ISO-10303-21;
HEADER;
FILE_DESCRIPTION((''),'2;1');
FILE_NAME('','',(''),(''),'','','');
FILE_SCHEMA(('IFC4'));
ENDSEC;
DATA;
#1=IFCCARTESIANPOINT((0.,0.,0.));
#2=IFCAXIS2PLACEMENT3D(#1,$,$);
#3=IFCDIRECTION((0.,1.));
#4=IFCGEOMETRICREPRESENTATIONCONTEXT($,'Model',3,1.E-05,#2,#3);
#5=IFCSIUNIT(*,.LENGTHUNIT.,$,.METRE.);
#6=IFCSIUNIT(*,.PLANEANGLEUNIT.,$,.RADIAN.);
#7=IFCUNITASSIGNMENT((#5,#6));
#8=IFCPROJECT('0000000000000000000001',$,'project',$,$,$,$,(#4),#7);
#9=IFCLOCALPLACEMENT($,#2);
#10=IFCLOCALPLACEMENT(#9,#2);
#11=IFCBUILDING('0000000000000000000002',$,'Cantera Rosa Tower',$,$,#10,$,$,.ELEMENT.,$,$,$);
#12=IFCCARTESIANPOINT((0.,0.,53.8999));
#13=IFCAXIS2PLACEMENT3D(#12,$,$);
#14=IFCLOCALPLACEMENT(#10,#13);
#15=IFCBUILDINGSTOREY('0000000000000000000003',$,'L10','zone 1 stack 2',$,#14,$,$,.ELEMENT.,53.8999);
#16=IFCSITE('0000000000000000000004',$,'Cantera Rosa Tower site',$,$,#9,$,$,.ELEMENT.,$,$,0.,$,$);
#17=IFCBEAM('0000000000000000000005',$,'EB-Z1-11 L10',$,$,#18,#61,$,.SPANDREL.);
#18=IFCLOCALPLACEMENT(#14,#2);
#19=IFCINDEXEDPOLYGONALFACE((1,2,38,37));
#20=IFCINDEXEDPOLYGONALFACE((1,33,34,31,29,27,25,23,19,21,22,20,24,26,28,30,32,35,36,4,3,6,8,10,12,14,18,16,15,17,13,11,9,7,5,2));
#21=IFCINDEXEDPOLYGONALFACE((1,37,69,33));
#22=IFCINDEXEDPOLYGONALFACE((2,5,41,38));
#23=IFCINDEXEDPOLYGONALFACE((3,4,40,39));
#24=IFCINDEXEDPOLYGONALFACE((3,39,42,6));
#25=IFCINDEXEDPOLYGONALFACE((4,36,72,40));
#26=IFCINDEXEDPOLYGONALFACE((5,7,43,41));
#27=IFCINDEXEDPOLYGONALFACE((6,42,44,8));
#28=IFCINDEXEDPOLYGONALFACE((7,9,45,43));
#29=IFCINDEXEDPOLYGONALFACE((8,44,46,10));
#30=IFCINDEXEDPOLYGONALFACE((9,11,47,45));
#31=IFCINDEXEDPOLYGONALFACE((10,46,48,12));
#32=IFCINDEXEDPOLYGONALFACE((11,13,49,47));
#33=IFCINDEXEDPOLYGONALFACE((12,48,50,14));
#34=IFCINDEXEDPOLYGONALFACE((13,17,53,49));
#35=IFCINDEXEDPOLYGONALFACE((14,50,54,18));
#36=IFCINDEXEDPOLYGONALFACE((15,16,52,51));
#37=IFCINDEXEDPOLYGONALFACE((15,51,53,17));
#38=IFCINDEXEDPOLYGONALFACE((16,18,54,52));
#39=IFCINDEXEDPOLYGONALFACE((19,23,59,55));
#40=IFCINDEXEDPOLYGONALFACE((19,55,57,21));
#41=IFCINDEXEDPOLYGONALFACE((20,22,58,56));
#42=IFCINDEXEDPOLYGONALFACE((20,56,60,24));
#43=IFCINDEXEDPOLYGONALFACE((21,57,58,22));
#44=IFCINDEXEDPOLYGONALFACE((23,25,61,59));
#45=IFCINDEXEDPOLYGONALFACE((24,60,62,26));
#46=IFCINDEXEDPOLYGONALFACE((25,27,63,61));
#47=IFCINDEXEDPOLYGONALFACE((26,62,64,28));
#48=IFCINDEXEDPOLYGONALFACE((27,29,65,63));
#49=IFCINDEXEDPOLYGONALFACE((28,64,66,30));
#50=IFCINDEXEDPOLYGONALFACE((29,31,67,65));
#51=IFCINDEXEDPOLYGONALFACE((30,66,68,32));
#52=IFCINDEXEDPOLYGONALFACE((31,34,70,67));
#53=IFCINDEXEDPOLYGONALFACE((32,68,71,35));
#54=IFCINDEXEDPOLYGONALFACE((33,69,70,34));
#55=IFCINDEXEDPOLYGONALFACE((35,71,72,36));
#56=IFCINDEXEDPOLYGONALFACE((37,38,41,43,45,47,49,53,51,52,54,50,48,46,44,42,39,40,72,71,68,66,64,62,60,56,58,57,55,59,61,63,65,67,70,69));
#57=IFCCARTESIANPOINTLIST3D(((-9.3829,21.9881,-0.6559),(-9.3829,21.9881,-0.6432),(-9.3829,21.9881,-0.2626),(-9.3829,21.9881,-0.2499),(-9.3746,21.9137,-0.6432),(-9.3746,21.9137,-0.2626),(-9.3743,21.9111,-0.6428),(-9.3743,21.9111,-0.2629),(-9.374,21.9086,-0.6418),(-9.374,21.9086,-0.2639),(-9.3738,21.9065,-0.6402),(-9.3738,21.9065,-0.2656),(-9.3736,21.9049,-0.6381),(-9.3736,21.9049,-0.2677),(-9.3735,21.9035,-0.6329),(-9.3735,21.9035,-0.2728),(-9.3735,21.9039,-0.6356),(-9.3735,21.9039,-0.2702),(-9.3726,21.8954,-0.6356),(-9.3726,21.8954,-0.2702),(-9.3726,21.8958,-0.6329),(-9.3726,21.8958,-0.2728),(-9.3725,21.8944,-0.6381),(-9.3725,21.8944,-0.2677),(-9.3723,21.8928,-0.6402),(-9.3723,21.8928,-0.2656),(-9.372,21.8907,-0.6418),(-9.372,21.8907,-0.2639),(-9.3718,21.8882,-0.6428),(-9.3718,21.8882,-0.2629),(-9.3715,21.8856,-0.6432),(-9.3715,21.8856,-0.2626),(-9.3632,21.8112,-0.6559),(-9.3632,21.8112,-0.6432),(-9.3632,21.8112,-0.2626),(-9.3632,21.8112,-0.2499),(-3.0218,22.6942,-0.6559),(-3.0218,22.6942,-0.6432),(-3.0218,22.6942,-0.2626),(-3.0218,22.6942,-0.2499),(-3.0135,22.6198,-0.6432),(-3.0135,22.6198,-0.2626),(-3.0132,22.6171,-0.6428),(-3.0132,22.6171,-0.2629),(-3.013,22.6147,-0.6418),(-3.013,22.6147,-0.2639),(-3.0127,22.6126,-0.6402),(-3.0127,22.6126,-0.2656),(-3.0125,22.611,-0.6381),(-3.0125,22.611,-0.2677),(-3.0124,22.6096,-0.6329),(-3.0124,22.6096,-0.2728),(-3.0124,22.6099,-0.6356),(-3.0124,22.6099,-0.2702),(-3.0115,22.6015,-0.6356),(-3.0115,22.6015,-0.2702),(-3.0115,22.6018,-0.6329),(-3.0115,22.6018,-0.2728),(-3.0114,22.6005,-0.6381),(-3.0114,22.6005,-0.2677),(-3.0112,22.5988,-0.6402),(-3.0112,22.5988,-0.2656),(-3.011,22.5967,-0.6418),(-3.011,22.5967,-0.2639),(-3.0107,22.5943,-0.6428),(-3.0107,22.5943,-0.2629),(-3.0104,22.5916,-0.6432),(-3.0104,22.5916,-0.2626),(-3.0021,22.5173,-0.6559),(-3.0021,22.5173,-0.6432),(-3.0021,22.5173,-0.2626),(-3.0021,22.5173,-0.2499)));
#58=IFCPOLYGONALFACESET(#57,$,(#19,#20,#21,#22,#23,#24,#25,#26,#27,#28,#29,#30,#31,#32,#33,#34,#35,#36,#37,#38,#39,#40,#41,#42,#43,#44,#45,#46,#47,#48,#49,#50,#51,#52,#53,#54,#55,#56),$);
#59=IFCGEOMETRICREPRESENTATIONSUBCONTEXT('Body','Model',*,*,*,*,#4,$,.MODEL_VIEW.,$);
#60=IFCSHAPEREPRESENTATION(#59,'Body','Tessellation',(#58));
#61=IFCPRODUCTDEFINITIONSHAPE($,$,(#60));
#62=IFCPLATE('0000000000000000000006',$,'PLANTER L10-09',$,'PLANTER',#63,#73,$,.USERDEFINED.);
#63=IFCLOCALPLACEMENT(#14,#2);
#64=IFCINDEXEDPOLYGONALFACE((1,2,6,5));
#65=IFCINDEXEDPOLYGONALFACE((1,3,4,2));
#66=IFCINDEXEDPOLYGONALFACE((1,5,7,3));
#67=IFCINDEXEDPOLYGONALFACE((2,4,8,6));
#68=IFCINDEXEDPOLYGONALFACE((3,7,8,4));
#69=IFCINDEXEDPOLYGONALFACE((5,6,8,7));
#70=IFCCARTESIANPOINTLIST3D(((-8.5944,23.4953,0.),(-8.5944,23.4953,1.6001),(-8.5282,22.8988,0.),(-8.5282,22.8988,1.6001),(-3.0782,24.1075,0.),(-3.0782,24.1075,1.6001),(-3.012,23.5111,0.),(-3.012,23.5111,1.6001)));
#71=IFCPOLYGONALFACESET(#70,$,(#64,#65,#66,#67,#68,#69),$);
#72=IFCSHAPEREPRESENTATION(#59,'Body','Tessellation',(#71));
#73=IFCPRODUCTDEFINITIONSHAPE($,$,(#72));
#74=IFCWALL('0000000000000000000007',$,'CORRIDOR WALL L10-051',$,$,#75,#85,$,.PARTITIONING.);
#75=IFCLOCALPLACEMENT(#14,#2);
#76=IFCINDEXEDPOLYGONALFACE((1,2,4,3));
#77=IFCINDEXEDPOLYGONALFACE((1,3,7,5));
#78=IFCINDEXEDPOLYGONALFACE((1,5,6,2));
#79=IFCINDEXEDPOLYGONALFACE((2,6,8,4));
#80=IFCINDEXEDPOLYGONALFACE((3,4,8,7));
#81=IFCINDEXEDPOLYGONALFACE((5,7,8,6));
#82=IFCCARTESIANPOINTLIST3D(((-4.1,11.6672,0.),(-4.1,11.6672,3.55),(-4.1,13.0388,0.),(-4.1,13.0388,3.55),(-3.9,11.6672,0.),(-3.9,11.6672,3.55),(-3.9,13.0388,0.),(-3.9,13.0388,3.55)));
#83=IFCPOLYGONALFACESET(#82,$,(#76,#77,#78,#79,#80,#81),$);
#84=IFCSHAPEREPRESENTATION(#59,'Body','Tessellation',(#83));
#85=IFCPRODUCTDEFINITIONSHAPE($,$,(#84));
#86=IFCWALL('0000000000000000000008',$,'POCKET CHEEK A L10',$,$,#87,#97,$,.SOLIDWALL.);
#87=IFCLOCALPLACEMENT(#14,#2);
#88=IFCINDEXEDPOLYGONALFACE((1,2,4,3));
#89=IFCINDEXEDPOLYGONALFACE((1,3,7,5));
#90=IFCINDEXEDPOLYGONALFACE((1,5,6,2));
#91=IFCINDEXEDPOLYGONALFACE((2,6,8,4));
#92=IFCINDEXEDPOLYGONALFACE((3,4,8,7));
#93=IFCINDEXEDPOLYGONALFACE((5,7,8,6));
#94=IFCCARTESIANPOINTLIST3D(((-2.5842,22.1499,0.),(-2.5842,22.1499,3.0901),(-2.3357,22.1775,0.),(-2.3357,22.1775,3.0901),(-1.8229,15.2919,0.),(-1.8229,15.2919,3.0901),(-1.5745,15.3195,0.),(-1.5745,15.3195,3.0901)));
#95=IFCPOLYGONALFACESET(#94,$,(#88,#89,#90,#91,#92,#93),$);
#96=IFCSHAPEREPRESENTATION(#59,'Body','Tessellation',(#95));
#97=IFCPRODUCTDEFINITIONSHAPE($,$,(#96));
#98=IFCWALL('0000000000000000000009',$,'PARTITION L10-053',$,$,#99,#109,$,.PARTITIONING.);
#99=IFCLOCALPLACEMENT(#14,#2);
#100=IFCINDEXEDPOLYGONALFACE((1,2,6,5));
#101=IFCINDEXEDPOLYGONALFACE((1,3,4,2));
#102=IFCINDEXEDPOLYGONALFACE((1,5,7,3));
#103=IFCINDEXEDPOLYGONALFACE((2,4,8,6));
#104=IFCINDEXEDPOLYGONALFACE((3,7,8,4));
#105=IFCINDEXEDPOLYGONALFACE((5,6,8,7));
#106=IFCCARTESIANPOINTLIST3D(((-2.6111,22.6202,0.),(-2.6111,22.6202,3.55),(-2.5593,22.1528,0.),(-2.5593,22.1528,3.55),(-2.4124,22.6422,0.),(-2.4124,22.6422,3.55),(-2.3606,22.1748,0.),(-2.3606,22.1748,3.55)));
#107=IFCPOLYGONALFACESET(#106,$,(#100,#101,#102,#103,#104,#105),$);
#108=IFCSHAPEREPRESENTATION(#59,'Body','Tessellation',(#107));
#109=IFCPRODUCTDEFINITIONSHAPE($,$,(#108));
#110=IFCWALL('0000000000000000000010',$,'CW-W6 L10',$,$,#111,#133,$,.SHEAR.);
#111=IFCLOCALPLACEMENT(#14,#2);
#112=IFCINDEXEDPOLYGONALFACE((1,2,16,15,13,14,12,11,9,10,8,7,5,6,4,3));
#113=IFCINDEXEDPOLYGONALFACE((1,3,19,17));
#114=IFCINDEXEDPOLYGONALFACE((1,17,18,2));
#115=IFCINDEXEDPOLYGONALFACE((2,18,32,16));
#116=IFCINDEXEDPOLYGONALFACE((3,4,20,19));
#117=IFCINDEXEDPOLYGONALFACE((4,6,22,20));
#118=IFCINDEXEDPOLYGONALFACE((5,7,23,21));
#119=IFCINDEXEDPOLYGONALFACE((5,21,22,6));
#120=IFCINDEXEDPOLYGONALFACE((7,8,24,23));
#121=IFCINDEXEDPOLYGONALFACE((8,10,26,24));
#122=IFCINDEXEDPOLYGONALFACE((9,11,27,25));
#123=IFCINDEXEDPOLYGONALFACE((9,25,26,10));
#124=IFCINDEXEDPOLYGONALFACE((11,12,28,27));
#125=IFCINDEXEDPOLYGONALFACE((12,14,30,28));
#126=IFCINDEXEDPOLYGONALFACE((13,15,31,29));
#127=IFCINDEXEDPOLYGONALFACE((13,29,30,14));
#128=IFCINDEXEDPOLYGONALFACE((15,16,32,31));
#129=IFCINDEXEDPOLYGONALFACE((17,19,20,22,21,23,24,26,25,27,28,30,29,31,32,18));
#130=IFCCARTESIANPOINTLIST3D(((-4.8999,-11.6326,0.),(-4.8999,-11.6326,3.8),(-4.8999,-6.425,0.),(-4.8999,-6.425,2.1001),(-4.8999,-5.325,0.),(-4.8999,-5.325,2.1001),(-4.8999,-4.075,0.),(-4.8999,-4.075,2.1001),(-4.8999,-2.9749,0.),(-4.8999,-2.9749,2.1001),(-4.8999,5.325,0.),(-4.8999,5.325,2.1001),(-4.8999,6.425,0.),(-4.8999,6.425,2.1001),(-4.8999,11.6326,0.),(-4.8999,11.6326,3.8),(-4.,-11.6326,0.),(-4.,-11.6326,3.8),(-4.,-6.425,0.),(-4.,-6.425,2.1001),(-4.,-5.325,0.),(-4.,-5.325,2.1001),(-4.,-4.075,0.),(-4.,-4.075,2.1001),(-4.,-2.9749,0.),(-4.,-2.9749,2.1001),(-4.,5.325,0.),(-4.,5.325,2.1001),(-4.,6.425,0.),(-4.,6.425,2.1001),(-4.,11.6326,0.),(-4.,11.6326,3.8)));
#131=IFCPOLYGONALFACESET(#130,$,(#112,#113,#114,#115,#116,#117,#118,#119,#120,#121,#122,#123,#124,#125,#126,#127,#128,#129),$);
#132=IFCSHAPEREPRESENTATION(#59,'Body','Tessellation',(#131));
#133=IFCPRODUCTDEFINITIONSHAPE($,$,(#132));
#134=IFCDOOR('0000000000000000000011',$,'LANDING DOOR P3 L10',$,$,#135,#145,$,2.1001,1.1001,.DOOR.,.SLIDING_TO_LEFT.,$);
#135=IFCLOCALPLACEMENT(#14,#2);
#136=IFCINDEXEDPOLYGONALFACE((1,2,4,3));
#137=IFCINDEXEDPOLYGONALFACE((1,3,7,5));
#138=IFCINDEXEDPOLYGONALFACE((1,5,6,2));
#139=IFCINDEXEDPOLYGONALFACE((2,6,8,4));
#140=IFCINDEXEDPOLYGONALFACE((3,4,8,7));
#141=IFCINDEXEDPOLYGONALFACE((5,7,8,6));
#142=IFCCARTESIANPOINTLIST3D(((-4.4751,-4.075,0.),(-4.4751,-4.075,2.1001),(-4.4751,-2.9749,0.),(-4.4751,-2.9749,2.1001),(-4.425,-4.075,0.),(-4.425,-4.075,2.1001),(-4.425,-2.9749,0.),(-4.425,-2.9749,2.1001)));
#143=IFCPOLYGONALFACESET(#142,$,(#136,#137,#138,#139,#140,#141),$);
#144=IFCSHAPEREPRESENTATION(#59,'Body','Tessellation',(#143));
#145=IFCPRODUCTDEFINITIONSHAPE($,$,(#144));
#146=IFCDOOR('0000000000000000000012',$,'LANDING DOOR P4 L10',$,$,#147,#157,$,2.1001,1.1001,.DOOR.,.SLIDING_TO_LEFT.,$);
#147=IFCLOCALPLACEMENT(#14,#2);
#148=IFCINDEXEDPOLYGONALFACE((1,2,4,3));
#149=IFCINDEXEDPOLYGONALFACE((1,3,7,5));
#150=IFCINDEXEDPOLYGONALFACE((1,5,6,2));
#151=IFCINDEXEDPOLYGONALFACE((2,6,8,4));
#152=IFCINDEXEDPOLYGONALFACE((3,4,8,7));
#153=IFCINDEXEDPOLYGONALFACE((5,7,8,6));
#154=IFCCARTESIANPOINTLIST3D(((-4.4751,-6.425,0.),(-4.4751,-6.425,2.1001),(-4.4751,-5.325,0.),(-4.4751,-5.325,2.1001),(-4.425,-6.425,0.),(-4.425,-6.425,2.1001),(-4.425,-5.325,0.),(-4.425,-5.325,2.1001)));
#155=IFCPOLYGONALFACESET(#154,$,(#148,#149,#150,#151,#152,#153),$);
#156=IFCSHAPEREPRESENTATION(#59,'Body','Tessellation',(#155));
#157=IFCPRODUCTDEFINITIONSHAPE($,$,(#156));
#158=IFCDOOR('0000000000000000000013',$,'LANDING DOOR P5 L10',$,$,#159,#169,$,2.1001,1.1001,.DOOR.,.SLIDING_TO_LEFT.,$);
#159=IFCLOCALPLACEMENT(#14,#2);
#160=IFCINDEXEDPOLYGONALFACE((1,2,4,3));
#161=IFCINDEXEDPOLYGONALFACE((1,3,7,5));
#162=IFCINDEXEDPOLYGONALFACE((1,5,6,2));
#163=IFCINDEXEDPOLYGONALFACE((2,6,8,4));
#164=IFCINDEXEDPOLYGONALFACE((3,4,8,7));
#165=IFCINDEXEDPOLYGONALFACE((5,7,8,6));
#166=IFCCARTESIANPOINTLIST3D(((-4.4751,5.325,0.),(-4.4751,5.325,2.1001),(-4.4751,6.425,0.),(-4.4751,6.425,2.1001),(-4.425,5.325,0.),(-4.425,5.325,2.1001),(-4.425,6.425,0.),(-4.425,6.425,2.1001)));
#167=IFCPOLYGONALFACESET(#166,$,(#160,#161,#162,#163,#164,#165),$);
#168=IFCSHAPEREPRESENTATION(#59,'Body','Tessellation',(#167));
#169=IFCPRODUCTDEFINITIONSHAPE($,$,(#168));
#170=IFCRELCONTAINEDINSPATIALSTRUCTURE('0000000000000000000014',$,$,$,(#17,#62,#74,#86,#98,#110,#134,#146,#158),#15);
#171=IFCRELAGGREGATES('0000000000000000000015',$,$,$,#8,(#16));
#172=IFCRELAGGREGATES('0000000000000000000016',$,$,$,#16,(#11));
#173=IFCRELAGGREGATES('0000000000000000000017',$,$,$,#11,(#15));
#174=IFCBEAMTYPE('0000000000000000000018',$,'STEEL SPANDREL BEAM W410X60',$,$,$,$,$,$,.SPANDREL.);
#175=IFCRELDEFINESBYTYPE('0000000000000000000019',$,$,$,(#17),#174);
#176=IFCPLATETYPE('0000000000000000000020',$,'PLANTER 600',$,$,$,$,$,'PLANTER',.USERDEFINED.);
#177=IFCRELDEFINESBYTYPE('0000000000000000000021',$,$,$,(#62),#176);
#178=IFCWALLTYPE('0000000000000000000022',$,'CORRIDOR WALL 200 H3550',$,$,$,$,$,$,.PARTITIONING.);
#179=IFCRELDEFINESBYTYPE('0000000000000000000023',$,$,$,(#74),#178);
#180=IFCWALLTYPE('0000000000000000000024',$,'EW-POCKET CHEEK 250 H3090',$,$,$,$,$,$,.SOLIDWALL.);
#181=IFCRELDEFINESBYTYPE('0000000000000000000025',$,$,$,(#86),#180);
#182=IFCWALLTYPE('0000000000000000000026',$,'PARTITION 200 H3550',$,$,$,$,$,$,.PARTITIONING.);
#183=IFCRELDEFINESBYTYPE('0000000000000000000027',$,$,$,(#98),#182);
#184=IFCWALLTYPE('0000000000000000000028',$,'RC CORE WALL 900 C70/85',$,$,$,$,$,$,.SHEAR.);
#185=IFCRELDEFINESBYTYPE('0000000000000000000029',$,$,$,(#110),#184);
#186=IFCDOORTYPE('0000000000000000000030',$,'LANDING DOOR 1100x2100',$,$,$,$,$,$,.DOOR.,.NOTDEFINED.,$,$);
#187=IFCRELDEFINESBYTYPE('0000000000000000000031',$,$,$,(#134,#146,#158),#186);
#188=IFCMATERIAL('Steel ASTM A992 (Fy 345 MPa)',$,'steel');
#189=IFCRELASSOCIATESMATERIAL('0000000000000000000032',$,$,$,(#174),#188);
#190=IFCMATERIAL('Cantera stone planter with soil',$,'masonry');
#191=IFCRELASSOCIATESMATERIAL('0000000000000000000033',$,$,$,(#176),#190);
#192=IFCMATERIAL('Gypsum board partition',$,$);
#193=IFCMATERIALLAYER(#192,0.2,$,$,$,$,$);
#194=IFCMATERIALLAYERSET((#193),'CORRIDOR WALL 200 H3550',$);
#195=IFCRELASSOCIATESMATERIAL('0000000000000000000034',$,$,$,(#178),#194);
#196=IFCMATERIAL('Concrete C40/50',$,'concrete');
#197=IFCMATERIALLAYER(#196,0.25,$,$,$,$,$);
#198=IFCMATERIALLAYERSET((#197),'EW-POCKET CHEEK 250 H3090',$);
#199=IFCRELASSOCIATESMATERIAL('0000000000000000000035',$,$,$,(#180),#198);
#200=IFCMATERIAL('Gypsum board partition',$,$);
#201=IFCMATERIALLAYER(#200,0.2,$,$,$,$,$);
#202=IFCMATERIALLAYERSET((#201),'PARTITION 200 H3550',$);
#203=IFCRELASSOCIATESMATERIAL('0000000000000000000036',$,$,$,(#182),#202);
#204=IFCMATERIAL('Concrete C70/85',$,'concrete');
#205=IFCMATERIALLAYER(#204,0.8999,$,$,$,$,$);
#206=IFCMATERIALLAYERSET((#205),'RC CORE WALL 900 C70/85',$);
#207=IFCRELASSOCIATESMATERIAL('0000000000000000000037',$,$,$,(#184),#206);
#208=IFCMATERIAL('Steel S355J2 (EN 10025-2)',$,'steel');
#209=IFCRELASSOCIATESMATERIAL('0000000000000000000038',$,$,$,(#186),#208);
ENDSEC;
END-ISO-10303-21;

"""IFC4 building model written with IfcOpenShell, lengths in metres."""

from ifc_helpers import new_model, si_unit, direction, frame, frame_2d, origin, origin_2d, place, context, subcontext, project, spatial, rectangle, i_section, extrude, material, layer, layer_set, material_profile, profile_set, type_object, element, fill, save


model = new_model("IFC4")

# Units and contexts
model_context = context("Model", 3, precision=1e-05, world=origin(), true_north=direction((0.0, 1.0)))
body_context = subcontext(model_context, "Body", "Model", "MODEL_VIEW")
ifc_project = project(units=[si_unit("LENGTHUNIT", "METRE"), si_unit("PLANEANGLEUNIT", "RADIAN")], contexts=[model_context])

# Site, building, storey
site_placement = place(None, origin())
site = spatial("IfcSite", under=ifc_project, at=site_placement, Name="Cantera Rosa Tower site", CompositionType="ELEMENT", RefElevation=0.0)
building_placement = place(site_placement, origin())
building = spatial("IfcBuilding", under=site, at=building_placement, Name="Cantera Rosa Tower", CompositionType="ELEMENT")
storey_placement = place(building_placement, frame((0.0, 0.0, 53.8999)))
storey = spatial("IfcBuildingStorey", under=building, at=storey_placement, Name="L10", Description="zone 1 stack 2", CompositionType="ELEMENT", Elevation=53.8999)

# Beam
ifc_material_1 = material(Name="Steel ASTM A992 (Fy 345 MPa)", Category="steel")
ifc_material_profile_1 = material_profile(ifc_material_1, i_section(OverallWidth=0.178, OverallDepth=0.406, WebThickness=0.0078, FlangeThickness=0.0127, FilletRadius=0.0103, at=origin_2d()), Name="W410X60")
ifc_profile_set_1 = profile_set([ifc_material_profile_1], Name="Steel ASTM A992 (Fy 345 MPa)")
beam_type_1 = type_object("IfcBeamType", Name="STEEL SPANDREL BEAM W410X60", PredefinedType="SPANDREL", material=ifc_profile_set_1)
beam_1_placement = place(storey_placement, frame((-3.012, 22.6057, -0.4529), z_axis=(-0.993896, -0.110318, 0.0), x_axis=(0.110318, -0.993896, 0.0)))
element("IfcBeam", 1, at=beam_1_placement, inside=storey, type_object=beam_type_1, Name="EB-Z1-11 L10", PredefinedType="SPANDREL", context=body_context, shape_type="SweptSolid", body=[
    extrude(i_section(OverallWidth=0.178, OverallDepth=0.406, WebThickness=0.0078, FlangeThickness=0.0127, FilletRadius=0.0103, at=origin_2d()), origin(), (0.0, 0.0, 1.0), 6.4001),
])

# Plate
ifc_material_2 = material(Name="Cantera stone planter with soil", Category="masonry")
plate_type = type_object("IfcPlateType", Name="PLANTER 600", ElementType="PLANTER", PredefinedType="USERDEFINED", material=ifc_material_2)
plate_placement = place(storey_placement, frame((-5.8032, 23.5032, 0.0), z_axis=(0.0, 0.0, 1.0), x_axis=(-0.993897, -0.110313, 0.0)))
element("IfcPlate", 2, at=plate_placement, inside=storey, type_object=plate_type, Name="PLANTER L10-09", ObjectType="PLANTER", PredefinedType="USERDEFINED", context=body_context, shape_type="SweptSolid", body=[
    extrude(rectangle(XDim=5.55, YDim=0.6001, at=origin_2d()), origin(), (0.0, 0.0, 1.0), 1.6001),
])

# Walls
ifc_material_3 = material(Name="Gypsum board partition")
ifc_layer_1 = layer(ifc_material_3, 0.2)
ifc_layer_set_1 = layer_set([ifc_layer_1], Name="CORRIDOR WALL 200 H3550")
wall_type_1 = type_object("IfcWallType", Name="CORRIDOR WALL 200 H3550", PredefinedType="PARTITIONING", material=ifc_layer_set_1)
wall_1_placement = place(storey_placement, frame((-4.0, 13.0388, 0.0), z_axis=(0.0, 0.0, 1.0), x_axis=(0.0, -1.0, 0.0)))
element("IfcWall", 3, at=wall_1_placement, inside=storey, type_object=wall_type_1, Name="CORRIDOR WALL L10-051", PredefinedType="PARTITIONING", context=body_context, shape_type="SweptSolid", body=[
    extrude(rectangle(XDim=1.3716, YDim=0.2, at=frame_2d((0.6858, 0.0))), origin(), (0.0, 0.0, 1.0), 3.55),
])
ifc_material_4 = material(Name="Concrete C40/50", Category="concrete")
ifc_layer_2 = layer(ifc_material_4, 0.25)
ifc_layer_set_2 = layer_set([ifc_layer_2], Name="EW-POCKET CHEEK 250 H3090")
wall_type_2 = type_object("IfcWallType", Name="EW-POCKET CHEEK 250 H3090", PredefinedType="SOLIDWALL", material=ifc_layer_set_2)
wall_2_placement = place(storey_placement, frame((-2.46, 22.1638, 0.0), z_axis=(0.0, 0.0, 1.0), x_axis=(0.110323, -0.993896, 0.0)))
element("IfcWall", 4, at=wall_2_placement, inside=storey, type_object=wall_type_2, Name="POCKET CHEEK A L10", PredefinedType="SOLIDWALL", context=body_context, shape_type="SweptSolid", body=[
    extrude(rectangle(XDim=6.9001, YDim=0.25, at=frame_2d((3.4502, 0.0))), origin(), (0.0, 0.0, 1.0), 3.0901),
])

# Wall
ifc_material_5 = material(Name="Gypsum board partition")
ifc_layer_3 = layer(ifc_material_5, 0.2)
ifc_layer_set_3 = layer_set([ifc_layer_3], Name="PARTITION 200 H3550")
wall_type_3 = type_object("IfcWallType", Name="PARTITION 200 H3550", PredefinedType="PARTITIONING", material=ifc_layer_set_3)
wall_3_placement = place(storey_placement, frame((-2.46, 22.1638, 0.0), z_axis=(0.0, 0.0, 1.0), x_axis=(-0.11009, 0.993922, 0.0)))
element("IfcWall", 5, at=wall_3_placement, inside=storey, type_object=wall_type_3, Name="PARTITION L10-053", PredefinedType="PARTITIONING", context=body_context, shape_type="SweptSolid", body=[
    extrude(rectangle(XDim=0.4702, YDim=0.2, at=frame_2d((0.2351, 0.0))), origin(), (0.0, 0.0, 1.0), 3.55),
])

# Wall, openings, doors
ifc_material_6 = material(Name="Concrete C70/85", Category="concrete")
ifc_layer_4 = layer(ifc_material_6, 0.8999)
ifc_layer_set_4 = layer_set([ifc_layer_4], Name="RC CORE WALL 900 C70/85")
wall_type_4 = type_object("IfcWallType", Name="RC CORE WALL 900 C70/85", PredefinedType="SHEAR", material=ifc_layer_set_4)
wall_4_placement = place(storey_placement, frame((-4.45, 11.6326, 0.0), z_axis=(0.0, 0.0, 1.0), x_axis=(0.0, -1.0, 0.0)))
wall_4 = element("IfcWall", 6, at=wall_4_placement, inside=storey, type_object=wall_type_4, Name="CW-W6 L10", PredefinedType="SHEAR", context=body_context, shape_type="SweptSolid", body=[
    extrude(rectangle(XDim=23.2651, YDim=0.8999, at=frame_2d((11.6326, 0.0))), origin(), (0.0, 0.0, 1.0), 3.8),
])
opening_1_placement = place(wall_4_placement, frame((14.6074, 0.0, 0.0)))
opening_1 = element("IfcOpeningElement", 7, at=opening_1_placement, cuts=wall_4, PredefinedType="OPENING", context=body_context, shape_type="SweptSolid", body=[
    extrude(rectangle(XDim=1.1001, YDim=2.1001, at=frame_2d((0.55, 1.05))), frame((0.0, 0.46, 0.0), z_axis=(0.0, -1.0, 0.0), x_axis=(1.0, 0.0, 0.0)), (0.0, 0.0, 1.0), 0.9199),
])
opening_2_placement = place(wall_4_placement, frame((16.9575, 0.0, 0.0)))
opening_2 = element("IfcOpeningElement", 8, at=opening_2_placement, cuts=wall_4, PredefinedType="OPENING", context=body_context, shape_type="SweptSolid", body=[
    extrude(rectangle(XDim=1.1001, YDim=2.1001, at=frame_2d((0.55, 1.05))), frame((0.0, 0.46, 0.0), z_axis=(0.0, -1.0, 0.0), x_axis=(1.0, 0.0, 0.0)), (0.0, 0.0, 1.0), 0.9199),
])
opening_3_placement = place(wall_4_placement, frame((5.2075, 0.0, 0.0)))
opening_3 = element("IfcOpeningElement", 9, at=opening_3_placement, cuts=wall_4, PredefinedType="OPENING", context=body_context, shape_type="SweptSolid", body=[
    extrude(rectangle(XDim=1.1001, YDim=2.1001, at=frame_2d((0.55, 1.05))), frame((0.0, 0.46, 0.0), z_axis=(0.0, -1.0, 0.0), x_axis=(1.0, 0.0, 0.0)), (0.0, 0.0, 1.0), 0.9199),
])
ifc_material_7 = material(Name="Steel S355J2 (EN 10025-2)", Category="steel")
door_type_1 = type_object("IfcDoorType", Name="LANDING DOOR 1100x2100", OperationType="NOTDEFINED", PredefinedType="DOOR", material=ifc_material_7)
door_1_placement = place(opening_1_placement, origin())
door_1 = element("IfcDoor", 10, at=door_1_placement, inside=storey, type_object=door_type_1, Name="LANDING DOOR P3 L10", OperationType="SLIDING_TO_LEFT", OverallHeight=2.1001, OverallWidth=1.1001, PredefinedType="DOOR", context=body_context, shape_type="SweptSolid", body=[
    extrude(rectangle(XDim=1.1001, YDim=2.1001, at=frame_2d((0.55, 1.05))), frame((0.0, 0.0249, 0.0), z_axis=(0.0, -1.0, 0.0), x_axis=(1.0, 0.0, 0.0)), (0.0, 0.0, 1.0), 0.05),
])
fill(opening_1, door_1)
door_2_placement = place(opening_2_placement, origin())
door_2 = element("IfcDoor", 11, at=door_2_placement, inside=storey, type_object=door_type_1, Name="LANDING DOOR P4 L10", OperationType="SLIDING_TO_LEFT", OverallHeight=2.1001, OverallWidth=1.1001, PredefinedType="DOOR", context=body_context, shape_type="SweptSolid", body=[
    extrude(rectangle(XDim=1.1001, YDim=2.1001, at=frame_2d((0.55, 1.05))), frame((0.0, 0.0249, 0.0), z_axis=(0.0, -1.0, 0.0), x_axis=(1.0, 0.0, 0.0)), (0.0, 0.0, 1.0), 0.05),
])
fill(opening_2, door_2)
door_3_placement = place(opening_3_placement, origin())
door_3 = element("IfcDoor", 12, at=door_3_placement, inside=storey, type_object=door_type_1, Name="LANDING DOOR P5 L10", OperationType="SLIDING_TO_LEFT", OverallHeight=2.1001, OverallWidth=1.1001, PredefinedType="DOOR", context=body_context, shape_type="SweptSolid", body=[
    extrude(rectangle(XDim=1.1001, YDim=2.1001, at=frame_2d((0.55, 1.05))), frame((0.0, 0.0249, 0.0), z_axis=(0.0, -1.0, 0.0), x_axis=(1.0, 0.0, 0.0)), (0.0, 0.0, 1.0), 0.05),
])
fill(opening_3, door_3)

save(model, "model.ifc")
